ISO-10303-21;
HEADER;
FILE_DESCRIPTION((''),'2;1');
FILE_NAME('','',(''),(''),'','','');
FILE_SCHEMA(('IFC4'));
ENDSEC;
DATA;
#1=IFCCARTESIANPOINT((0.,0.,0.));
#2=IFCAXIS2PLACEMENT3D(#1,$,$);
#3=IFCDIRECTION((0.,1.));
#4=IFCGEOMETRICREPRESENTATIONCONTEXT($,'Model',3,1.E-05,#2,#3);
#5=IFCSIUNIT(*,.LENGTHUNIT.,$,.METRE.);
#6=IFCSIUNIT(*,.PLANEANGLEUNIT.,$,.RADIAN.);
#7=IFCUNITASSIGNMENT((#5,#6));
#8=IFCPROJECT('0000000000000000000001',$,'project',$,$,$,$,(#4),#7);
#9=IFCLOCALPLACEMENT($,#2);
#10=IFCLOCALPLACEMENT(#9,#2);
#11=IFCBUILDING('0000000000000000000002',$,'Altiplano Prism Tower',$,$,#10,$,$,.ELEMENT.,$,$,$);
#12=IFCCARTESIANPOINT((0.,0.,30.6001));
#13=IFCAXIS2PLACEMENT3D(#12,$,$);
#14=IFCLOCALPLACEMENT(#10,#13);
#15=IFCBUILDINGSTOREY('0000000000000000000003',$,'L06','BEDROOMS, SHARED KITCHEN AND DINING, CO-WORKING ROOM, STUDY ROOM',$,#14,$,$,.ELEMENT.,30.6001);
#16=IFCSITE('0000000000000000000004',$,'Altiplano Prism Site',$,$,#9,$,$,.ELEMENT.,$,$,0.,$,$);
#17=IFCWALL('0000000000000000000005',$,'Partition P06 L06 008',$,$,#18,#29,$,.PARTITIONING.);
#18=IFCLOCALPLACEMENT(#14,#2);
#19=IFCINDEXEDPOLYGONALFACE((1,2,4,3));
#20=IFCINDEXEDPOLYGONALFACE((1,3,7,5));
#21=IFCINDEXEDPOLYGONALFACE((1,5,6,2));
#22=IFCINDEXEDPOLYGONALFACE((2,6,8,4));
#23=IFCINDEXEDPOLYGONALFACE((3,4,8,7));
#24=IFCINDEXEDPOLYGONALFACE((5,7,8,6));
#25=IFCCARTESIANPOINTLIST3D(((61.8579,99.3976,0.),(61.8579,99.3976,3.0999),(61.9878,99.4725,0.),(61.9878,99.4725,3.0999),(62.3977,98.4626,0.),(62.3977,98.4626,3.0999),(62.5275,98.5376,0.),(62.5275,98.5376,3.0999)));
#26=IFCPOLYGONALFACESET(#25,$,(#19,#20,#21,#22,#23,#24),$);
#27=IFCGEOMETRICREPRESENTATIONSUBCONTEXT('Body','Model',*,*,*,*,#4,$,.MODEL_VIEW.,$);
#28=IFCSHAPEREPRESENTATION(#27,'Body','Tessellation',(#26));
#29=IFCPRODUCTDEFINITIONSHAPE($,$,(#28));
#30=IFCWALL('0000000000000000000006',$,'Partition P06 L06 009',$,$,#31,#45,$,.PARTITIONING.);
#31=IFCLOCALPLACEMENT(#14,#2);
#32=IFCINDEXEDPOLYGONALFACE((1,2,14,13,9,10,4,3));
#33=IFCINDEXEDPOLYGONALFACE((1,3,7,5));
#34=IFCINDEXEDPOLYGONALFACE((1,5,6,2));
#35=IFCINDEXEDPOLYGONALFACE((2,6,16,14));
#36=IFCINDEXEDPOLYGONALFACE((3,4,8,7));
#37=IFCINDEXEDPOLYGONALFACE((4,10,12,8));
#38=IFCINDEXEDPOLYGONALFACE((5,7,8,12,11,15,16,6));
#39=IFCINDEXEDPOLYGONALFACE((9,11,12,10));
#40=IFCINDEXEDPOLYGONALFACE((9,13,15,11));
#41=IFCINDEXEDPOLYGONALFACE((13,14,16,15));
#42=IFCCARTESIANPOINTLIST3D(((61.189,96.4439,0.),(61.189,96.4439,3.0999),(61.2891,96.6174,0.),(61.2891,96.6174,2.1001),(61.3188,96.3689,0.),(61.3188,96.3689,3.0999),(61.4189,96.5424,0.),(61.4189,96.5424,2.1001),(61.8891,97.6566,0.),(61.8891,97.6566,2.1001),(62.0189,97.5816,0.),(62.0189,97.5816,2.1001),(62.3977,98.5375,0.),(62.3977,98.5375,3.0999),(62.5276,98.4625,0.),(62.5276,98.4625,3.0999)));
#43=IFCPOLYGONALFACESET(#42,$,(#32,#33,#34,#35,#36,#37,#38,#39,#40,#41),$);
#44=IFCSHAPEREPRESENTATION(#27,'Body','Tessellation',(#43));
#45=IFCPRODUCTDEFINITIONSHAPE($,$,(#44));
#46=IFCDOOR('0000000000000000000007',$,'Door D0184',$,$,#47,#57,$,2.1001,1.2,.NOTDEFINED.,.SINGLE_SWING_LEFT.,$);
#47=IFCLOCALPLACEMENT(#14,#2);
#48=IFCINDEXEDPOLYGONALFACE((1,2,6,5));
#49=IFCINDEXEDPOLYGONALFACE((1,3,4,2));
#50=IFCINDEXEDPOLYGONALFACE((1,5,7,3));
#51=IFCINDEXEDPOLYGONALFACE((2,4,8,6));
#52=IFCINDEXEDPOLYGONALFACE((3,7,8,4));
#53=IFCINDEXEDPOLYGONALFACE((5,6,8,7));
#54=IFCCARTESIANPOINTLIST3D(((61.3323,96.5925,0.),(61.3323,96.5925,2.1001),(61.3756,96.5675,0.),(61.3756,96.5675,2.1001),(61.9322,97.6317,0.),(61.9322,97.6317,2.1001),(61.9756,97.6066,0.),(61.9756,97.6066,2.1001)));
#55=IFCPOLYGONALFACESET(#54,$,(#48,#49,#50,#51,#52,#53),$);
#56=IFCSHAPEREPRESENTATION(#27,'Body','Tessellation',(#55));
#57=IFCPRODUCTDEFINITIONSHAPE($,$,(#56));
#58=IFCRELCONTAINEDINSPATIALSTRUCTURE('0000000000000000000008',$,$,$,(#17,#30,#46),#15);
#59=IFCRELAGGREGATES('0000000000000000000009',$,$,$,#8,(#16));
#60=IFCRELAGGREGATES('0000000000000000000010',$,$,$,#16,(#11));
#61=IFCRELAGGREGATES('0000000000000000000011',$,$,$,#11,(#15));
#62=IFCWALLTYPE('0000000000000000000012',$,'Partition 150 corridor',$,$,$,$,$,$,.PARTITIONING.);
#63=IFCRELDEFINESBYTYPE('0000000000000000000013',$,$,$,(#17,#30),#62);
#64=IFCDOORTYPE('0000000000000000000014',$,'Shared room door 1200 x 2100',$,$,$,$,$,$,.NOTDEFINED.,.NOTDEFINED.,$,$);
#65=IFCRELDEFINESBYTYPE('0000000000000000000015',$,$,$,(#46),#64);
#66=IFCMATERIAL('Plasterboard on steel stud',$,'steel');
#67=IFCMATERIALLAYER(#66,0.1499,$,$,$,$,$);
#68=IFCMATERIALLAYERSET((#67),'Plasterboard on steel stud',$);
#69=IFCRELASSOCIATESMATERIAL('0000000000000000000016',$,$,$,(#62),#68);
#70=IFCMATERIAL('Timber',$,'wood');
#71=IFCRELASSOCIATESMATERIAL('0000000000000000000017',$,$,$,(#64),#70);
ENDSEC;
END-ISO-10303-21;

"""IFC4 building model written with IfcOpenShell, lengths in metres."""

from ifc_helpers import new_model, si_unit, direction, frame, frame_2d, origin, place, context, subcontext, project, spatial, rectangle, extrude, material, layer, layer_set, type_object, element, fill, save


model = new_model("IFC4")

# Units and contexts
model_context = context("Model", 3, precision=1e-05, world=origin(), true_north=direction((0.0, 1.0)))
body_context = subcontext(model_context, "Body", "Model", "MODEL_VIEW")
ifc_project = project(units=[si_unit("LENGTHUNIT", "METRE"), si_unit("PLANEANGLEUNIT", "RADIAN")], contexts=[model_context])

# Site, building, storey
site_placement = place(None, origin())
site = spatial("IfcSite", under=ifc_project, at=site_placement, Name="Altiplano Prism Site", CompositionType="ELEMENT", RefElevation=0.0)
building_placement = place(site_placement, origin())
building = spatial("IfcBuilding", under=site, at=building_placement, Name="Altiplano Prism Tower", CompositionType="ELEMENT")
storey_placement = place(building_placement, frame((0.0, 0.0, 30.6001)))
storey = spatial("IfcBuildingStorey", under=building, at=storey_placement, Name="L06", Description="BEDROOMS, SHARED KITCHEN AND DINING, CO-WORKING ROOM, STUDY ROOM", CompositionType="ELEMENT", Elevation=30.6001)

# Wall
ifc_material_1 = material(Name="Plasterboard on steel stud", Category="steel")
ifc_layer_1 = layer(ifc_material_1, 0.1499)
ifc_layer_set_1 = layer_set([ifc_layer_1], Name="Plasterboard on steel stud")
wall_type_1 = type_object("IfcWallType", Name="Partition 150 corridor", PredefinedType="PARTITIONING", material=ifc_layer_set_1)
wall_1_placement = place(storey_placement, frame((61.9229, 99.4351, 0.0), z_axis=(0.0, 0.0, 1.0), x_axis=(0.499957, -0.86605, 0.0)))
element("IfcWall", 1, at=wall_1_placement, inside=storey, type_object=wall_type_1, Name="Partition P06 L06 008", PredefinedType="PARTITIONING", context=body_context, shape_type="SweptSolid", body=[
    extrude(rectangle(XDim=1.0796, YDim=0.1499, at=frame_2d((0.5398, 0.0))), origin(), (0.0, 0.0, 1.0), 3.0999),
])

# Wall, opening, door
wall_2_placement = place(storey_placement, frame((62.4626, 98.5, 0.0), z_axis=(0.0, 0.0, 1.0), x_axis=(-0.500017, -0.866016, 0.0)))
wall_2 = element("IfcWall", 2, at=wall_2_placement, inside=storey, type_object=wall_type_1, Name="Partition P06 L06 009", PredefinedType="PARTITIONING", context=body_context, shape_type="SweptSolid", body=[
    extrude(rectangle(XDim=2.4175, YDim=0.1499, at=frame_2d((1.2087, 0.0))), origin(), (0.0, 0.0, 1.0), 3.0999),
])
opening_1_placement = place(wall_2_placement, frame((1.0171, 0.0, 0.0)))
opening_1 = element("IfcOpeningElement", 3, at=opening_1_placement, cuts=wall_2, PredefinedType="OPENING", context=body_context, shape_type="SweptSolid", body=[
    extrude(rectangle(XDim=1.2, YDim=2.1001, at=frame_2d((0.6001, 1.05))), frame((0.0, 0.0854, 0.0), z_axis=(0.0, -1.0, 0.0), x_axis=(1.0, 0.0, 0.0)), (0.0, 0.0, 1.0), 0.1709),
])
ifc_material_2 = material(Name="Timber", Category="wood")
door_type_1 = type_object("IfcDoorType", Name="Shared room door 1200 x 2100", OperationType="NOTDEFINED", PredefinedType="NOTDEFINED", material=ifc_material_2)
door_1_placement = place(opening_1_placement, origin())
door_1 = element("IfcDoor", 4, at=door_1_placement, inside=storey, type_object=door_type_1, Name="Door D0184", OperationType="SINGLE_SWING_LEFT", OverallHeight=2.1001, OverallWidth=1.2, PredefinedType="NOTDEFINED", context=body_context, shape_type="SweptSolid", body=[
    extrude(rectangle(XDim=1.2, YDim=2.1001, at=frame_2d((0.6001, 1.05))), frame((0.0, 0.0249, 0.0), z_axis=(0.0, -1.0, 0.0), x_axis=(1.0, 0.0, 0.0)), (0.0, 0.0, 1.0), 0.05),
])
fill(opening_1, door_1)

save(model, "model.ifc")
